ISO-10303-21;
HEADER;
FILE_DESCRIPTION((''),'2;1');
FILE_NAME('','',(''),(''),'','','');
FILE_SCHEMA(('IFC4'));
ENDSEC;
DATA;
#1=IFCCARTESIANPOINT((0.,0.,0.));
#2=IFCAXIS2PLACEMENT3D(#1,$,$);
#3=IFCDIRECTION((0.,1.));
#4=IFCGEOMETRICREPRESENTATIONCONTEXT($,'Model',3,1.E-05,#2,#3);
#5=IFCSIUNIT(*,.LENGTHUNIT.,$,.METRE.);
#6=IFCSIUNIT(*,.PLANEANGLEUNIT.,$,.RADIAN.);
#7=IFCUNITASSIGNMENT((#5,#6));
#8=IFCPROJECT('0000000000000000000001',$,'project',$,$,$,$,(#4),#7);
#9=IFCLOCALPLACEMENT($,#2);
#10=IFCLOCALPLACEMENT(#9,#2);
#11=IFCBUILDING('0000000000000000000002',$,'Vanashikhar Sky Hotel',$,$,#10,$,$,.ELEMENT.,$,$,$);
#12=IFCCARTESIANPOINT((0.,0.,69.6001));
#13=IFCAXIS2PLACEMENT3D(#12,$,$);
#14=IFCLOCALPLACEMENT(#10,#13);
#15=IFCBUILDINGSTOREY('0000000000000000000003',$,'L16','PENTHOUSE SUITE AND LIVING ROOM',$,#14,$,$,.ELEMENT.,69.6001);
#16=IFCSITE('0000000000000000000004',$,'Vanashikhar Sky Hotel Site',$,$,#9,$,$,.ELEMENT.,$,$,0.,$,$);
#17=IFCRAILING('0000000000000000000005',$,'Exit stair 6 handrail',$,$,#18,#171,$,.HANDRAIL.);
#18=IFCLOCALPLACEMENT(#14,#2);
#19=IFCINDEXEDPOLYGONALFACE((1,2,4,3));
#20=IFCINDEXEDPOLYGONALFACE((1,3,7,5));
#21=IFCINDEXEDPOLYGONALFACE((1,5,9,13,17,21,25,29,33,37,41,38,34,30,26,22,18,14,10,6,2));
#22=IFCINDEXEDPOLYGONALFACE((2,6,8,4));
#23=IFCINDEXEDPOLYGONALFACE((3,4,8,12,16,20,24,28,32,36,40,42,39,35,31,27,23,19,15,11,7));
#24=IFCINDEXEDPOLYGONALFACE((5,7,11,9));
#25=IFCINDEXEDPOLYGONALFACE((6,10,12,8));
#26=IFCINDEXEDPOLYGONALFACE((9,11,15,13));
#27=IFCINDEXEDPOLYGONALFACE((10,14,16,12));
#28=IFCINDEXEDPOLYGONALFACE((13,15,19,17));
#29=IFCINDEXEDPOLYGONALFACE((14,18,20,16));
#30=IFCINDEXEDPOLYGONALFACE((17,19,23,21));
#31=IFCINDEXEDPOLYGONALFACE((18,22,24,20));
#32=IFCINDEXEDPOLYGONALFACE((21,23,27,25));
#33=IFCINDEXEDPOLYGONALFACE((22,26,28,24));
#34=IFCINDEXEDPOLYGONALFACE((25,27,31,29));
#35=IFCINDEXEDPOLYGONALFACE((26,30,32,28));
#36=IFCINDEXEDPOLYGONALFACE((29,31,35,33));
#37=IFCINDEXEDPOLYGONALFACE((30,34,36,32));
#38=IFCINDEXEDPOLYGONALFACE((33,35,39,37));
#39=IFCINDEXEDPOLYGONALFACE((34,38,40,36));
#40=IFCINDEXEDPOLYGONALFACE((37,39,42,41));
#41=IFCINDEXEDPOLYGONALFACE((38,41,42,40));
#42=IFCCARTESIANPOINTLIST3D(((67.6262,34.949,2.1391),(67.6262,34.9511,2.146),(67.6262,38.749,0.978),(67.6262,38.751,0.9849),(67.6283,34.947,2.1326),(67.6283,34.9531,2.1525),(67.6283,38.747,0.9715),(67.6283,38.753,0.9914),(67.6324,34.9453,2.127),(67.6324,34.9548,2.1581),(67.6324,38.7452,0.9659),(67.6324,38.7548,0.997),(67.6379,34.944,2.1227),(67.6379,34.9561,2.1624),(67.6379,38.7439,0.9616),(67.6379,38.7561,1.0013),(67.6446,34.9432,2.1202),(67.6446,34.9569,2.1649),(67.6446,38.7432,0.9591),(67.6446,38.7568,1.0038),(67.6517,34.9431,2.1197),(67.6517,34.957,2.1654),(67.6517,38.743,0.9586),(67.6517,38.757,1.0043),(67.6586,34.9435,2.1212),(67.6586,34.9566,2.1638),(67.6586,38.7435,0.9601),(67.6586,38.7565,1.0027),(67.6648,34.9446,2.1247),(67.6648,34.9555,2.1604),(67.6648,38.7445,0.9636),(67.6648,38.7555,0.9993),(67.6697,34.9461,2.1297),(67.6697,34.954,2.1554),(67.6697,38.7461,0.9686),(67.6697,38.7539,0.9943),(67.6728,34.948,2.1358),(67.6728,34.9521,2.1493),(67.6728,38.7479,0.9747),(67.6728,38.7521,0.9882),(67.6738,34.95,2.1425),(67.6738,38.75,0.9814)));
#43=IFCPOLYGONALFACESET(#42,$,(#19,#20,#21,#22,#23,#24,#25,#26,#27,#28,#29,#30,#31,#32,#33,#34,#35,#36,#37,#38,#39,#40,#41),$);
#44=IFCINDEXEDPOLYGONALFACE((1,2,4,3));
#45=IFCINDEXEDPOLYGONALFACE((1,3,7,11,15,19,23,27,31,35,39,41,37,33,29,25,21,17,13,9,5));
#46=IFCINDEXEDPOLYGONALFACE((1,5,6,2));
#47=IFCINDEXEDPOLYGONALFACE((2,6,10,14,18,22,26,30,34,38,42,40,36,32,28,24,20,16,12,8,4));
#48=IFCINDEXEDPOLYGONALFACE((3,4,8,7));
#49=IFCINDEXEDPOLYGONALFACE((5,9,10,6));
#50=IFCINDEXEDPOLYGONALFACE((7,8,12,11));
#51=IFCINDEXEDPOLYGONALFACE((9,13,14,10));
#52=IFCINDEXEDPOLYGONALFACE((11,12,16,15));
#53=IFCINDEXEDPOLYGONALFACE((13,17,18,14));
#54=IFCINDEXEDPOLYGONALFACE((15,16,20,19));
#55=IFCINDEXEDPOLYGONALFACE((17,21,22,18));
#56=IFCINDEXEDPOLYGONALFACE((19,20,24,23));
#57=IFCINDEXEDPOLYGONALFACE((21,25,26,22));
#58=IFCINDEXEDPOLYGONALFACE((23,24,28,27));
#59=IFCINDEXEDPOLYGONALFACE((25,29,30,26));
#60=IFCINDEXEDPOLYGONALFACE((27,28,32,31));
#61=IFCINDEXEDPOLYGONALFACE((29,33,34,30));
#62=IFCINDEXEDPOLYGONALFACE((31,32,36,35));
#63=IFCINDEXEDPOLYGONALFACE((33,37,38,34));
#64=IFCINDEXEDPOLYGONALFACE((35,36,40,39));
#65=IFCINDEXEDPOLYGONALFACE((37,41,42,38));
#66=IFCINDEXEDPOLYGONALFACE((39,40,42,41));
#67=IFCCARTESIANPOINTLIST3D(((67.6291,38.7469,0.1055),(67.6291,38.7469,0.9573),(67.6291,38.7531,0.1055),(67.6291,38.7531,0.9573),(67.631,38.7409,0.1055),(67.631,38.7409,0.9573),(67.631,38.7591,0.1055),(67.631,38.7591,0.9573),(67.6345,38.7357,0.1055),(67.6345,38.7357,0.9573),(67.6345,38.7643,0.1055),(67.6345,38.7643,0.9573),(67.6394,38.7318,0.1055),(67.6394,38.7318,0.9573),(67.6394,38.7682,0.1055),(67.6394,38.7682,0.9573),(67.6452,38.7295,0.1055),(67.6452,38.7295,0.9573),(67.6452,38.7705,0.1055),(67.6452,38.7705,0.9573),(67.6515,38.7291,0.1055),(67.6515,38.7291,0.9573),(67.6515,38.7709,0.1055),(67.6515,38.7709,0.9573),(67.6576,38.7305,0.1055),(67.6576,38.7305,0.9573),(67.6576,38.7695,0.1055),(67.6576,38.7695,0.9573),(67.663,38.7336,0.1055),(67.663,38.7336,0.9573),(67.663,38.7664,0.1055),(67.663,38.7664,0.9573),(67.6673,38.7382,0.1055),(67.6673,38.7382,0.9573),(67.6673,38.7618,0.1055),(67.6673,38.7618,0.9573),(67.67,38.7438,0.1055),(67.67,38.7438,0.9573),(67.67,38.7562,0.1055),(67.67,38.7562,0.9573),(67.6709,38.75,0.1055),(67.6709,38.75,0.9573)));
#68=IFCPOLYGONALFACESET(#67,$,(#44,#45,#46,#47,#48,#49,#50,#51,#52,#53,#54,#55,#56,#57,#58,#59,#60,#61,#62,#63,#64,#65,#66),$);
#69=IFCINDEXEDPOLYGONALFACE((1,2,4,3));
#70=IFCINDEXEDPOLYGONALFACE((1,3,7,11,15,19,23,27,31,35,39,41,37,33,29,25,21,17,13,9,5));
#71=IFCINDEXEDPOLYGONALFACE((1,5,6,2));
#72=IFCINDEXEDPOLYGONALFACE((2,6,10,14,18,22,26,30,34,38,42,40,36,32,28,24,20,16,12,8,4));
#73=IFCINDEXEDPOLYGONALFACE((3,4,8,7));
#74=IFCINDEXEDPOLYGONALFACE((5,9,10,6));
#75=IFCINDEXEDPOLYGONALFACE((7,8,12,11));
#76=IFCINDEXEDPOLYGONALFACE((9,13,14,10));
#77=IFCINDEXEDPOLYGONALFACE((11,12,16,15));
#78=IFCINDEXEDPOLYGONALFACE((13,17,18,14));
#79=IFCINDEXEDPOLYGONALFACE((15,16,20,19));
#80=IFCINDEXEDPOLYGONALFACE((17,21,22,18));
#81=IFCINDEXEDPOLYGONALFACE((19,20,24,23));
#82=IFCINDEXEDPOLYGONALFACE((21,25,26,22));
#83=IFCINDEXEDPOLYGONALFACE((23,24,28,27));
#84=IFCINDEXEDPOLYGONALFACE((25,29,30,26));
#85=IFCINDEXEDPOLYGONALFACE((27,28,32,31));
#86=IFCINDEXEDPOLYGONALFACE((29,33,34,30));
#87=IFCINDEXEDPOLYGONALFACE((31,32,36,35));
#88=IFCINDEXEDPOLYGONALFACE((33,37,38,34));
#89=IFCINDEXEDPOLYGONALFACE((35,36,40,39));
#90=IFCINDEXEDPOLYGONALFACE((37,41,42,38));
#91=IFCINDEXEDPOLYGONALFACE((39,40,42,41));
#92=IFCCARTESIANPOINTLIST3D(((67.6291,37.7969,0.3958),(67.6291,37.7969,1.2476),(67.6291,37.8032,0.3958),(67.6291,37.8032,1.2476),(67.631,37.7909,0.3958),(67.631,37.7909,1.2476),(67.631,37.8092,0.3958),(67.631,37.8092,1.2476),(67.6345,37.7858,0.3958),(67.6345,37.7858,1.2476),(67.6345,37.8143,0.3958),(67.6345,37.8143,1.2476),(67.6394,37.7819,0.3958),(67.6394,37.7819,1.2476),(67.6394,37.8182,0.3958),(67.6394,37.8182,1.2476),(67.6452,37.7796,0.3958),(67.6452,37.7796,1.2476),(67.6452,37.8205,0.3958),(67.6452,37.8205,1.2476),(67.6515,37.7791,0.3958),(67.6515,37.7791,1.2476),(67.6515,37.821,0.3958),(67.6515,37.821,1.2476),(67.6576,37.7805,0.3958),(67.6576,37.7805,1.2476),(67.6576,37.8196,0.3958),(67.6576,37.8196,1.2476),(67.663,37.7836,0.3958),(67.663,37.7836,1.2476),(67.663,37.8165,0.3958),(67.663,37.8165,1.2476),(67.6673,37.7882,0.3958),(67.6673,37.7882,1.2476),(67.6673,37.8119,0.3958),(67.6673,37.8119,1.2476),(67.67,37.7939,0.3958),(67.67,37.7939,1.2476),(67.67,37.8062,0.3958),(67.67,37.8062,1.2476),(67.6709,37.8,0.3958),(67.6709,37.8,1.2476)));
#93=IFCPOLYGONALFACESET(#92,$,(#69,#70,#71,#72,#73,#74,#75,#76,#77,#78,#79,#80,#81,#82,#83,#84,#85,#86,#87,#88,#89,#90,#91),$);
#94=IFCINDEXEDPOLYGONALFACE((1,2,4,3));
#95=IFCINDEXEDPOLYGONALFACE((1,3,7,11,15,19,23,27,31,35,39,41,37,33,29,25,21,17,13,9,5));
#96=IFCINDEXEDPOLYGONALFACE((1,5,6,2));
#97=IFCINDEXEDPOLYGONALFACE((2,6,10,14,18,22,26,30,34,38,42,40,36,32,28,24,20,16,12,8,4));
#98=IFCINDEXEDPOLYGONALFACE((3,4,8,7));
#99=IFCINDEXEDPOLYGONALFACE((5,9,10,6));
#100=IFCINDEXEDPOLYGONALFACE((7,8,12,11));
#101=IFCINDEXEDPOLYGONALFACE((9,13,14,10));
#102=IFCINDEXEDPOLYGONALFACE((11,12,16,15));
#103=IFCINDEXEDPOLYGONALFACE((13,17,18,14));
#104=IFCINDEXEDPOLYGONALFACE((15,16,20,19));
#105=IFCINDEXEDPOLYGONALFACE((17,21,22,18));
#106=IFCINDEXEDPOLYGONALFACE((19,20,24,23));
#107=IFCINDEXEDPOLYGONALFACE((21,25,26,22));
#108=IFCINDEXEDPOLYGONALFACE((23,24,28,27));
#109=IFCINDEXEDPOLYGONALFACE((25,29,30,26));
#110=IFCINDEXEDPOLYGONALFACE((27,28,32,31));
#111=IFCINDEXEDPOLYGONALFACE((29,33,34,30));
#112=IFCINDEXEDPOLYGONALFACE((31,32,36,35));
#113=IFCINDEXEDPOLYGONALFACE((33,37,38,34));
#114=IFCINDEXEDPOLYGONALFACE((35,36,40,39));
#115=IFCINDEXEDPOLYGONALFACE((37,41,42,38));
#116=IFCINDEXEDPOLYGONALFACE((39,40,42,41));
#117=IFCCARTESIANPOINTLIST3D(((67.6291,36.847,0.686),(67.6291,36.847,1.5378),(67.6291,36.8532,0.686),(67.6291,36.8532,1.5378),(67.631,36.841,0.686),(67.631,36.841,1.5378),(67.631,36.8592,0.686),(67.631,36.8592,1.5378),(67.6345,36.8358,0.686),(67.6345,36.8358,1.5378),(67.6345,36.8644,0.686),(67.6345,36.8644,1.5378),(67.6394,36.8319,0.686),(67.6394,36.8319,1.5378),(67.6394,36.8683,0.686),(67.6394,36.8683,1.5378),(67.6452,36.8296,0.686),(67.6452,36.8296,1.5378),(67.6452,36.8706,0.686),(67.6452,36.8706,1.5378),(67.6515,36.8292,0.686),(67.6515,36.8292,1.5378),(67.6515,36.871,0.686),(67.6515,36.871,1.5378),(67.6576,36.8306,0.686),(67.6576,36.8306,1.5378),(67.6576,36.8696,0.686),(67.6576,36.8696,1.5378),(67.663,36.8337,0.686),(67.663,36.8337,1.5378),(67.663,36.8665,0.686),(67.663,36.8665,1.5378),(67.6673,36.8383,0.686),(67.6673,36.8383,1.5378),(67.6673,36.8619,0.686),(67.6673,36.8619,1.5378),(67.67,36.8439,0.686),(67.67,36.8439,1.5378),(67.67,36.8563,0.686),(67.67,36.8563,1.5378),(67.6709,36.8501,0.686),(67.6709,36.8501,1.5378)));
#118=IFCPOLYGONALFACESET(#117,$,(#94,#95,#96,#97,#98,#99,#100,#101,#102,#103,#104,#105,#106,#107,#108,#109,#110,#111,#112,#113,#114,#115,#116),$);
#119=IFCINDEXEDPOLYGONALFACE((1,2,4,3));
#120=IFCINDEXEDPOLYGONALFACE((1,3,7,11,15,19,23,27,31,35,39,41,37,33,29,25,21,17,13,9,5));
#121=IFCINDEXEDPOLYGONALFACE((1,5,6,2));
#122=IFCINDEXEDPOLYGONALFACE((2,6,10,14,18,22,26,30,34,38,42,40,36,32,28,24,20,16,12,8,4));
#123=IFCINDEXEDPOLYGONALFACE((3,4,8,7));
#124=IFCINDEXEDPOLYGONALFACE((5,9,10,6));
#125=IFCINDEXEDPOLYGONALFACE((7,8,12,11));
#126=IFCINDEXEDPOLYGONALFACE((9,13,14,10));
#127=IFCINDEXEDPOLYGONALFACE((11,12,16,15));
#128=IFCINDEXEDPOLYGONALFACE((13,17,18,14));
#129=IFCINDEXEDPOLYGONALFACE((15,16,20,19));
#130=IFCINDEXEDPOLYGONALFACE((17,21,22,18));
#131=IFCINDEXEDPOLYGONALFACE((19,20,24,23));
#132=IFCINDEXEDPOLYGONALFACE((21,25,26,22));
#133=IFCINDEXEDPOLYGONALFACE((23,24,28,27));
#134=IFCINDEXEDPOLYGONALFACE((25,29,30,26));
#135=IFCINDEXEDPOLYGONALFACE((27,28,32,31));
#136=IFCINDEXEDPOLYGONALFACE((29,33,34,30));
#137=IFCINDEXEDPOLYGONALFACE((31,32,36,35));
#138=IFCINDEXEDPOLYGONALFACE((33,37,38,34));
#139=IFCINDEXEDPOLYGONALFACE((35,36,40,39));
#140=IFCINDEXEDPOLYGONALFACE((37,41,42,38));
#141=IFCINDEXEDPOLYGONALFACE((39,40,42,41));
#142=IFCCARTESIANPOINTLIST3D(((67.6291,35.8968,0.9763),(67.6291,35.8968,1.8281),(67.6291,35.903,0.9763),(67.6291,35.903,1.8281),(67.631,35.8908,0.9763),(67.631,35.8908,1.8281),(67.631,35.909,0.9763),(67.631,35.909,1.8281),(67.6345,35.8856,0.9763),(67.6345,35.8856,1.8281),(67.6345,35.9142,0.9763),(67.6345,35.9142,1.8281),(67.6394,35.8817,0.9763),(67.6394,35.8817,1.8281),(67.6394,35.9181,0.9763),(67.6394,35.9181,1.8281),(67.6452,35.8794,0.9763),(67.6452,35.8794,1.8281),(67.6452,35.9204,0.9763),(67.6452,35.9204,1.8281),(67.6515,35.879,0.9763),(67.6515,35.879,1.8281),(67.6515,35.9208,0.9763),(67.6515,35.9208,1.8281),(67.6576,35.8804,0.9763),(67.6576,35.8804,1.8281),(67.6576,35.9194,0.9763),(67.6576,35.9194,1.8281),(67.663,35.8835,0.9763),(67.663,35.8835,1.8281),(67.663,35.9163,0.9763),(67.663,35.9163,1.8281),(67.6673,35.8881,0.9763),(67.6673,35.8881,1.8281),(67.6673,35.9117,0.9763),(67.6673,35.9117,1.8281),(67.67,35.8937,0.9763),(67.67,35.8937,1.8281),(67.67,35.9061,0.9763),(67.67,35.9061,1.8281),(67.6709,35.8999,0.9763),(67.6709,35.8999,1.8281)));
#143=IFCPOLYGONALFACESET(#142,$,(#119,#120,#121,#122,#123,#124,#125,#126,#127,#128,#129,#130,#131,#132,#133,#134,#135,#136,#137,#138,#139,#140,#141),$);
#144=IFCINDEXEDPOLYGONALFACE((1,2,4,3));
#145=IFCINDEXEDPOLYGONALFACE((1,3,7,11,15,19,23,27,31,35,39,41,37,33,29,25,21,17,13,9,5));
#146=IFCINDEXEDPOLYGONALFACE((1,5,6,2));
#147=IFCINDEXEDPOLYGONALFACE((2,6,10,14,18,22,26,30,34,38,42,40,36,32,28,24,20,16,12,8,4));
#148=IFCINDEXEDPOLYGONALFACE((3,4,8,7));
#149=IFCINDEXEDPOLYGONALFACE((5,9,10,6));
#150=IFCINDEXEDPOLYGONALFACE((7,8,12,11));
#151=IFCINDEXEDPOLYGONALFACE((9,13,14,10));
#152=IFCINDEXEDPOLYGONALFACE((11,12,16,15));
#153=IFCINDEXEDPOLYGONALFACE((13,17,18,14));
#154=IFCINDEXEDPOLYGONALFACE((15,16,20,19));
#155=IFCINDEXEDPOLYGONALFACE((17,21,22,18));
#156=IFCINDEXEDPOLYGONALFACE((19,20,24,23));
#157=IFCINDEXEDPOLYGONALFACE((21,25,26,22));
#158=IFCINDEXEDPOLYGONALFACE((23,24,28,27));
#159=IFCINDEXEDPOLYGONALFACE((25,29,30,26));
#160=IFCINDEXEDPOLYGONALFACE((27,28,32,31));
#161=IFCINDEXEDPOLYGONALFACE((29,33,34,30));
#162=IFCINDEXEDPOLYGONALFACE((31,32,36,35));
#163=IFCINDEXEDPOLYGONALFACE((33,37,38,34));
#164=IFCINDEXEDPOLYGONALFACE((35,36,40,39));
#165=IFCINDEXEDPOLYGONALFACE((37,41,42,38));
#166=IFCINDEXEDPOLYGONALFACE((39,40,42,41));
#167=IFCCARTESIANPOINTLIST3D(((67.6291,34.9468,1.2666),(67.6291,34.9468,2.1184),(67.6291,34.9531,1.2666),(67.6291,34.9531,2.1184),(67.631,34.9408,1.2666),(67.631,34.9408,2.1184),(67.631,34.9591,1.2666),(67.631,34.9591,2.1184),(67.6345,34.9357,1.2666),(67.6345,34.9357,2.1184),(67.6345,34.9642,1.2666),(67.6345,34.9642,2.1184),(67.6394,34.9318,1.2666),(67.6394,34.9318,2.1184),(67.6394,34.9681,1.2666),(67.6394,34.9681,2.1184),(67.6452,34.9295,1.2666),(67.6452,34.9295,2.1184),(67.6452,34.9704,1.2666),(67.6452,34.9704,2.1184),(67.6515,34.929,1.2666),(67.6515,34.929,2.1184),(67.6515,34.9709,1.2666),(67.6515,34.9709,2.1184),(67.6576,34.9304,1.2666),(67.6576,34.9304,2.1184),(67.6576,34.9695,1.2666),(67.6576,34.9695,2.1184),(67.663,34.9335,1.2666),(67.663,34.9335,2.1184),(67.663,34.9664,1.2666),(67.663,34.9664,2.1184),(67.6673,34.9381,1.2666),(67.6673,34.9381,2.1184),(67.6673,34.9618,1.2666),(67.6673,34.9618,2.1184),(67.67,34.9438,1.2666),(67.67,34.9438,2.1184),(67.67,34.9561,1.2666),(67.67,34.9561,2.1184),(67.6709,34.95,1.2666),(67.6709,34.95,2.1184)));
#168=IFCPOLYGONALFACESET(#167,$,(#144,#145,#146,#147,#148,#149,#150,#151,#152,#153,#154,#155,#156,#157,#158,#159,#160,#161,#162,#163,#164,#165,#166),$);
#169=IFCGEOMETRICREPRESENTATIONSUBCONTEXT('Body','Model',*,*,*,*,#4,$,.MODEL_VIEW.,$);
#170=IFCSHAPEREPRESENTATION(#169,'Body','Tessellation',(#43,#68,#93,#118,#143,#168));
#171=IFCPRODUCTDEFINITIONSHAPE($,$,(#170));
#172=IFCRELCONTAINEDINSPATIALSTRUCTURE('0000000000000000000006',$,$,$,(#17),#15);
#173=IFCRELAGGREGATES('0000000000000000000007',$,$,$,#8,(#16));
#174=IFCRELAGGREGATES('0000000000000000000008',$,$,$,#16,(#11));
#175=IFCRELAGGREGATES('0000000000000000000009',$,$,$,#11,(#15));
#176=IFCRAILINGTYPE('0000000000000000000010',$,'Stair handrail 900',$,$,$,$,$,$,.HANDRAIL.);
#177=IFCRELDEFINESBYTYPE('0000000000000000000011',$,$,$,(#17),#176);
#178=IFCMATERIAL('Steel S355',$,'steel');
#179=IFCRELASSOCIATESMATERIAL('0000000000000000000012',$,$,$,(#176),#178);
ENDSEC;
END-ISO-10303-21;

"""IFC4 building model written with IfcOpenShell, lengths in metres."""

from ifc_helpers import new_model, si_unit, direction, frame, origin, origin_2d, place, context, subcontext, project, spatial, circle, extrude, source, transform, mapped, material, type_object, element, save


model = new_model("IFC4")

# Units and contexts
model_context = context("Model", 3, precision=1e-05, world=origin(), true_north=direction((0.0, 1.0)))
body_context = subcontext(model_context, "Body", "Model", "MODEL_VIEW")
ifc_project = project(units=[si_unit("LENGTHUNIT", "METRE"), si_unit("PLANEANGLEUNIT", "RADIAN")], contexts=[model_context])

# Site, building, storey
site_placement = place(None, origin())
site = spatial("IfcSite", under=ifc_project, at=site_placement, Name="Vanashikhar Sky Hotel Site", CompositionType="ELEMENT", RefElevation=0.0)
building_placement = place(site_placement, origin())
building = spatial("IfcBuilding", under=site, at=building_placement, Name="Vanashikhar Sky Hotel", CompositionType="ELEMENT")
storey_placement = place(building_placement, frame((0.0, 0.0, 69.6001)))
storey = spatial("IfcBuildingStorey", under=building, at=storey_placement, Name="L16", Description="PENTHOUSE SUITE AND LIVING ROOM", CompositionType="ELEMENT", Elevation=69.6001)

# Railing
ifc_material_1 = material(Name="Steel S355", Category="steel")
railing_type_1 = type_object("IfcRailingType", Name="Stair handrail 900", PredefinedType="HANDRAIL", material=ifc_material_1)
shared_shape_1 = source(origin(), body_context, "Body", "SweptSolid", [
    extrude(circle(Radius=0.0239, at=origin_2d()), frame((0.0, 0.0, 0.876), z_axis=(0.0, -0.956351, 0.29222), x_axis=(1.0, 0.0, 0.0)), (0.0, 0.0, 1.0), 3.9734),
    extrude(circle(Radius=0.021, at=origin_2d()), origin(), (0.0, 0.0, 1.0), 0.8518),
    extrude(circle(Radius=0.021, at=origin_2d()), frame((0.0, -0.95, 0.2903)), (0.0, 0.0, 1.0), 0.8518),
    extrude(circle(Radius=0.021, at=origin_2d()), frame((0.0, -1.8999, 0.5806)), (0.0, 0.0, 1.0), 0.8518),
    extrude(circle(Radius=0.021, at=origin_2d()), frame((0.0, -2.8501, 0.8708)), (0.0, 0.0, 1.0), 0.8518),
    extrude(circle(Radius=0.021, at=origin_2d()), frame((0.0, -3.8, 1.1611)), (0.0, 0.0, 1.0), 0.8518),
])
for number, where, name in (
    (1, (67.6499, 38.75, 0.1055), "Exit stair 6 handrail"),
):
    element("IfcRailing", number, at=place(storey_placement, frame(where)), inside=storey, type_object=railing_type_1, Name=name, PredefinedType="HANDRAIL", context=body_context, shape_type="MappedRepresentation", body=[
        mapped(shared_shape_1, transform((0.0, 0.0, 0.0), scale=1.0)),
    ])

save(model, "model.ifc")
